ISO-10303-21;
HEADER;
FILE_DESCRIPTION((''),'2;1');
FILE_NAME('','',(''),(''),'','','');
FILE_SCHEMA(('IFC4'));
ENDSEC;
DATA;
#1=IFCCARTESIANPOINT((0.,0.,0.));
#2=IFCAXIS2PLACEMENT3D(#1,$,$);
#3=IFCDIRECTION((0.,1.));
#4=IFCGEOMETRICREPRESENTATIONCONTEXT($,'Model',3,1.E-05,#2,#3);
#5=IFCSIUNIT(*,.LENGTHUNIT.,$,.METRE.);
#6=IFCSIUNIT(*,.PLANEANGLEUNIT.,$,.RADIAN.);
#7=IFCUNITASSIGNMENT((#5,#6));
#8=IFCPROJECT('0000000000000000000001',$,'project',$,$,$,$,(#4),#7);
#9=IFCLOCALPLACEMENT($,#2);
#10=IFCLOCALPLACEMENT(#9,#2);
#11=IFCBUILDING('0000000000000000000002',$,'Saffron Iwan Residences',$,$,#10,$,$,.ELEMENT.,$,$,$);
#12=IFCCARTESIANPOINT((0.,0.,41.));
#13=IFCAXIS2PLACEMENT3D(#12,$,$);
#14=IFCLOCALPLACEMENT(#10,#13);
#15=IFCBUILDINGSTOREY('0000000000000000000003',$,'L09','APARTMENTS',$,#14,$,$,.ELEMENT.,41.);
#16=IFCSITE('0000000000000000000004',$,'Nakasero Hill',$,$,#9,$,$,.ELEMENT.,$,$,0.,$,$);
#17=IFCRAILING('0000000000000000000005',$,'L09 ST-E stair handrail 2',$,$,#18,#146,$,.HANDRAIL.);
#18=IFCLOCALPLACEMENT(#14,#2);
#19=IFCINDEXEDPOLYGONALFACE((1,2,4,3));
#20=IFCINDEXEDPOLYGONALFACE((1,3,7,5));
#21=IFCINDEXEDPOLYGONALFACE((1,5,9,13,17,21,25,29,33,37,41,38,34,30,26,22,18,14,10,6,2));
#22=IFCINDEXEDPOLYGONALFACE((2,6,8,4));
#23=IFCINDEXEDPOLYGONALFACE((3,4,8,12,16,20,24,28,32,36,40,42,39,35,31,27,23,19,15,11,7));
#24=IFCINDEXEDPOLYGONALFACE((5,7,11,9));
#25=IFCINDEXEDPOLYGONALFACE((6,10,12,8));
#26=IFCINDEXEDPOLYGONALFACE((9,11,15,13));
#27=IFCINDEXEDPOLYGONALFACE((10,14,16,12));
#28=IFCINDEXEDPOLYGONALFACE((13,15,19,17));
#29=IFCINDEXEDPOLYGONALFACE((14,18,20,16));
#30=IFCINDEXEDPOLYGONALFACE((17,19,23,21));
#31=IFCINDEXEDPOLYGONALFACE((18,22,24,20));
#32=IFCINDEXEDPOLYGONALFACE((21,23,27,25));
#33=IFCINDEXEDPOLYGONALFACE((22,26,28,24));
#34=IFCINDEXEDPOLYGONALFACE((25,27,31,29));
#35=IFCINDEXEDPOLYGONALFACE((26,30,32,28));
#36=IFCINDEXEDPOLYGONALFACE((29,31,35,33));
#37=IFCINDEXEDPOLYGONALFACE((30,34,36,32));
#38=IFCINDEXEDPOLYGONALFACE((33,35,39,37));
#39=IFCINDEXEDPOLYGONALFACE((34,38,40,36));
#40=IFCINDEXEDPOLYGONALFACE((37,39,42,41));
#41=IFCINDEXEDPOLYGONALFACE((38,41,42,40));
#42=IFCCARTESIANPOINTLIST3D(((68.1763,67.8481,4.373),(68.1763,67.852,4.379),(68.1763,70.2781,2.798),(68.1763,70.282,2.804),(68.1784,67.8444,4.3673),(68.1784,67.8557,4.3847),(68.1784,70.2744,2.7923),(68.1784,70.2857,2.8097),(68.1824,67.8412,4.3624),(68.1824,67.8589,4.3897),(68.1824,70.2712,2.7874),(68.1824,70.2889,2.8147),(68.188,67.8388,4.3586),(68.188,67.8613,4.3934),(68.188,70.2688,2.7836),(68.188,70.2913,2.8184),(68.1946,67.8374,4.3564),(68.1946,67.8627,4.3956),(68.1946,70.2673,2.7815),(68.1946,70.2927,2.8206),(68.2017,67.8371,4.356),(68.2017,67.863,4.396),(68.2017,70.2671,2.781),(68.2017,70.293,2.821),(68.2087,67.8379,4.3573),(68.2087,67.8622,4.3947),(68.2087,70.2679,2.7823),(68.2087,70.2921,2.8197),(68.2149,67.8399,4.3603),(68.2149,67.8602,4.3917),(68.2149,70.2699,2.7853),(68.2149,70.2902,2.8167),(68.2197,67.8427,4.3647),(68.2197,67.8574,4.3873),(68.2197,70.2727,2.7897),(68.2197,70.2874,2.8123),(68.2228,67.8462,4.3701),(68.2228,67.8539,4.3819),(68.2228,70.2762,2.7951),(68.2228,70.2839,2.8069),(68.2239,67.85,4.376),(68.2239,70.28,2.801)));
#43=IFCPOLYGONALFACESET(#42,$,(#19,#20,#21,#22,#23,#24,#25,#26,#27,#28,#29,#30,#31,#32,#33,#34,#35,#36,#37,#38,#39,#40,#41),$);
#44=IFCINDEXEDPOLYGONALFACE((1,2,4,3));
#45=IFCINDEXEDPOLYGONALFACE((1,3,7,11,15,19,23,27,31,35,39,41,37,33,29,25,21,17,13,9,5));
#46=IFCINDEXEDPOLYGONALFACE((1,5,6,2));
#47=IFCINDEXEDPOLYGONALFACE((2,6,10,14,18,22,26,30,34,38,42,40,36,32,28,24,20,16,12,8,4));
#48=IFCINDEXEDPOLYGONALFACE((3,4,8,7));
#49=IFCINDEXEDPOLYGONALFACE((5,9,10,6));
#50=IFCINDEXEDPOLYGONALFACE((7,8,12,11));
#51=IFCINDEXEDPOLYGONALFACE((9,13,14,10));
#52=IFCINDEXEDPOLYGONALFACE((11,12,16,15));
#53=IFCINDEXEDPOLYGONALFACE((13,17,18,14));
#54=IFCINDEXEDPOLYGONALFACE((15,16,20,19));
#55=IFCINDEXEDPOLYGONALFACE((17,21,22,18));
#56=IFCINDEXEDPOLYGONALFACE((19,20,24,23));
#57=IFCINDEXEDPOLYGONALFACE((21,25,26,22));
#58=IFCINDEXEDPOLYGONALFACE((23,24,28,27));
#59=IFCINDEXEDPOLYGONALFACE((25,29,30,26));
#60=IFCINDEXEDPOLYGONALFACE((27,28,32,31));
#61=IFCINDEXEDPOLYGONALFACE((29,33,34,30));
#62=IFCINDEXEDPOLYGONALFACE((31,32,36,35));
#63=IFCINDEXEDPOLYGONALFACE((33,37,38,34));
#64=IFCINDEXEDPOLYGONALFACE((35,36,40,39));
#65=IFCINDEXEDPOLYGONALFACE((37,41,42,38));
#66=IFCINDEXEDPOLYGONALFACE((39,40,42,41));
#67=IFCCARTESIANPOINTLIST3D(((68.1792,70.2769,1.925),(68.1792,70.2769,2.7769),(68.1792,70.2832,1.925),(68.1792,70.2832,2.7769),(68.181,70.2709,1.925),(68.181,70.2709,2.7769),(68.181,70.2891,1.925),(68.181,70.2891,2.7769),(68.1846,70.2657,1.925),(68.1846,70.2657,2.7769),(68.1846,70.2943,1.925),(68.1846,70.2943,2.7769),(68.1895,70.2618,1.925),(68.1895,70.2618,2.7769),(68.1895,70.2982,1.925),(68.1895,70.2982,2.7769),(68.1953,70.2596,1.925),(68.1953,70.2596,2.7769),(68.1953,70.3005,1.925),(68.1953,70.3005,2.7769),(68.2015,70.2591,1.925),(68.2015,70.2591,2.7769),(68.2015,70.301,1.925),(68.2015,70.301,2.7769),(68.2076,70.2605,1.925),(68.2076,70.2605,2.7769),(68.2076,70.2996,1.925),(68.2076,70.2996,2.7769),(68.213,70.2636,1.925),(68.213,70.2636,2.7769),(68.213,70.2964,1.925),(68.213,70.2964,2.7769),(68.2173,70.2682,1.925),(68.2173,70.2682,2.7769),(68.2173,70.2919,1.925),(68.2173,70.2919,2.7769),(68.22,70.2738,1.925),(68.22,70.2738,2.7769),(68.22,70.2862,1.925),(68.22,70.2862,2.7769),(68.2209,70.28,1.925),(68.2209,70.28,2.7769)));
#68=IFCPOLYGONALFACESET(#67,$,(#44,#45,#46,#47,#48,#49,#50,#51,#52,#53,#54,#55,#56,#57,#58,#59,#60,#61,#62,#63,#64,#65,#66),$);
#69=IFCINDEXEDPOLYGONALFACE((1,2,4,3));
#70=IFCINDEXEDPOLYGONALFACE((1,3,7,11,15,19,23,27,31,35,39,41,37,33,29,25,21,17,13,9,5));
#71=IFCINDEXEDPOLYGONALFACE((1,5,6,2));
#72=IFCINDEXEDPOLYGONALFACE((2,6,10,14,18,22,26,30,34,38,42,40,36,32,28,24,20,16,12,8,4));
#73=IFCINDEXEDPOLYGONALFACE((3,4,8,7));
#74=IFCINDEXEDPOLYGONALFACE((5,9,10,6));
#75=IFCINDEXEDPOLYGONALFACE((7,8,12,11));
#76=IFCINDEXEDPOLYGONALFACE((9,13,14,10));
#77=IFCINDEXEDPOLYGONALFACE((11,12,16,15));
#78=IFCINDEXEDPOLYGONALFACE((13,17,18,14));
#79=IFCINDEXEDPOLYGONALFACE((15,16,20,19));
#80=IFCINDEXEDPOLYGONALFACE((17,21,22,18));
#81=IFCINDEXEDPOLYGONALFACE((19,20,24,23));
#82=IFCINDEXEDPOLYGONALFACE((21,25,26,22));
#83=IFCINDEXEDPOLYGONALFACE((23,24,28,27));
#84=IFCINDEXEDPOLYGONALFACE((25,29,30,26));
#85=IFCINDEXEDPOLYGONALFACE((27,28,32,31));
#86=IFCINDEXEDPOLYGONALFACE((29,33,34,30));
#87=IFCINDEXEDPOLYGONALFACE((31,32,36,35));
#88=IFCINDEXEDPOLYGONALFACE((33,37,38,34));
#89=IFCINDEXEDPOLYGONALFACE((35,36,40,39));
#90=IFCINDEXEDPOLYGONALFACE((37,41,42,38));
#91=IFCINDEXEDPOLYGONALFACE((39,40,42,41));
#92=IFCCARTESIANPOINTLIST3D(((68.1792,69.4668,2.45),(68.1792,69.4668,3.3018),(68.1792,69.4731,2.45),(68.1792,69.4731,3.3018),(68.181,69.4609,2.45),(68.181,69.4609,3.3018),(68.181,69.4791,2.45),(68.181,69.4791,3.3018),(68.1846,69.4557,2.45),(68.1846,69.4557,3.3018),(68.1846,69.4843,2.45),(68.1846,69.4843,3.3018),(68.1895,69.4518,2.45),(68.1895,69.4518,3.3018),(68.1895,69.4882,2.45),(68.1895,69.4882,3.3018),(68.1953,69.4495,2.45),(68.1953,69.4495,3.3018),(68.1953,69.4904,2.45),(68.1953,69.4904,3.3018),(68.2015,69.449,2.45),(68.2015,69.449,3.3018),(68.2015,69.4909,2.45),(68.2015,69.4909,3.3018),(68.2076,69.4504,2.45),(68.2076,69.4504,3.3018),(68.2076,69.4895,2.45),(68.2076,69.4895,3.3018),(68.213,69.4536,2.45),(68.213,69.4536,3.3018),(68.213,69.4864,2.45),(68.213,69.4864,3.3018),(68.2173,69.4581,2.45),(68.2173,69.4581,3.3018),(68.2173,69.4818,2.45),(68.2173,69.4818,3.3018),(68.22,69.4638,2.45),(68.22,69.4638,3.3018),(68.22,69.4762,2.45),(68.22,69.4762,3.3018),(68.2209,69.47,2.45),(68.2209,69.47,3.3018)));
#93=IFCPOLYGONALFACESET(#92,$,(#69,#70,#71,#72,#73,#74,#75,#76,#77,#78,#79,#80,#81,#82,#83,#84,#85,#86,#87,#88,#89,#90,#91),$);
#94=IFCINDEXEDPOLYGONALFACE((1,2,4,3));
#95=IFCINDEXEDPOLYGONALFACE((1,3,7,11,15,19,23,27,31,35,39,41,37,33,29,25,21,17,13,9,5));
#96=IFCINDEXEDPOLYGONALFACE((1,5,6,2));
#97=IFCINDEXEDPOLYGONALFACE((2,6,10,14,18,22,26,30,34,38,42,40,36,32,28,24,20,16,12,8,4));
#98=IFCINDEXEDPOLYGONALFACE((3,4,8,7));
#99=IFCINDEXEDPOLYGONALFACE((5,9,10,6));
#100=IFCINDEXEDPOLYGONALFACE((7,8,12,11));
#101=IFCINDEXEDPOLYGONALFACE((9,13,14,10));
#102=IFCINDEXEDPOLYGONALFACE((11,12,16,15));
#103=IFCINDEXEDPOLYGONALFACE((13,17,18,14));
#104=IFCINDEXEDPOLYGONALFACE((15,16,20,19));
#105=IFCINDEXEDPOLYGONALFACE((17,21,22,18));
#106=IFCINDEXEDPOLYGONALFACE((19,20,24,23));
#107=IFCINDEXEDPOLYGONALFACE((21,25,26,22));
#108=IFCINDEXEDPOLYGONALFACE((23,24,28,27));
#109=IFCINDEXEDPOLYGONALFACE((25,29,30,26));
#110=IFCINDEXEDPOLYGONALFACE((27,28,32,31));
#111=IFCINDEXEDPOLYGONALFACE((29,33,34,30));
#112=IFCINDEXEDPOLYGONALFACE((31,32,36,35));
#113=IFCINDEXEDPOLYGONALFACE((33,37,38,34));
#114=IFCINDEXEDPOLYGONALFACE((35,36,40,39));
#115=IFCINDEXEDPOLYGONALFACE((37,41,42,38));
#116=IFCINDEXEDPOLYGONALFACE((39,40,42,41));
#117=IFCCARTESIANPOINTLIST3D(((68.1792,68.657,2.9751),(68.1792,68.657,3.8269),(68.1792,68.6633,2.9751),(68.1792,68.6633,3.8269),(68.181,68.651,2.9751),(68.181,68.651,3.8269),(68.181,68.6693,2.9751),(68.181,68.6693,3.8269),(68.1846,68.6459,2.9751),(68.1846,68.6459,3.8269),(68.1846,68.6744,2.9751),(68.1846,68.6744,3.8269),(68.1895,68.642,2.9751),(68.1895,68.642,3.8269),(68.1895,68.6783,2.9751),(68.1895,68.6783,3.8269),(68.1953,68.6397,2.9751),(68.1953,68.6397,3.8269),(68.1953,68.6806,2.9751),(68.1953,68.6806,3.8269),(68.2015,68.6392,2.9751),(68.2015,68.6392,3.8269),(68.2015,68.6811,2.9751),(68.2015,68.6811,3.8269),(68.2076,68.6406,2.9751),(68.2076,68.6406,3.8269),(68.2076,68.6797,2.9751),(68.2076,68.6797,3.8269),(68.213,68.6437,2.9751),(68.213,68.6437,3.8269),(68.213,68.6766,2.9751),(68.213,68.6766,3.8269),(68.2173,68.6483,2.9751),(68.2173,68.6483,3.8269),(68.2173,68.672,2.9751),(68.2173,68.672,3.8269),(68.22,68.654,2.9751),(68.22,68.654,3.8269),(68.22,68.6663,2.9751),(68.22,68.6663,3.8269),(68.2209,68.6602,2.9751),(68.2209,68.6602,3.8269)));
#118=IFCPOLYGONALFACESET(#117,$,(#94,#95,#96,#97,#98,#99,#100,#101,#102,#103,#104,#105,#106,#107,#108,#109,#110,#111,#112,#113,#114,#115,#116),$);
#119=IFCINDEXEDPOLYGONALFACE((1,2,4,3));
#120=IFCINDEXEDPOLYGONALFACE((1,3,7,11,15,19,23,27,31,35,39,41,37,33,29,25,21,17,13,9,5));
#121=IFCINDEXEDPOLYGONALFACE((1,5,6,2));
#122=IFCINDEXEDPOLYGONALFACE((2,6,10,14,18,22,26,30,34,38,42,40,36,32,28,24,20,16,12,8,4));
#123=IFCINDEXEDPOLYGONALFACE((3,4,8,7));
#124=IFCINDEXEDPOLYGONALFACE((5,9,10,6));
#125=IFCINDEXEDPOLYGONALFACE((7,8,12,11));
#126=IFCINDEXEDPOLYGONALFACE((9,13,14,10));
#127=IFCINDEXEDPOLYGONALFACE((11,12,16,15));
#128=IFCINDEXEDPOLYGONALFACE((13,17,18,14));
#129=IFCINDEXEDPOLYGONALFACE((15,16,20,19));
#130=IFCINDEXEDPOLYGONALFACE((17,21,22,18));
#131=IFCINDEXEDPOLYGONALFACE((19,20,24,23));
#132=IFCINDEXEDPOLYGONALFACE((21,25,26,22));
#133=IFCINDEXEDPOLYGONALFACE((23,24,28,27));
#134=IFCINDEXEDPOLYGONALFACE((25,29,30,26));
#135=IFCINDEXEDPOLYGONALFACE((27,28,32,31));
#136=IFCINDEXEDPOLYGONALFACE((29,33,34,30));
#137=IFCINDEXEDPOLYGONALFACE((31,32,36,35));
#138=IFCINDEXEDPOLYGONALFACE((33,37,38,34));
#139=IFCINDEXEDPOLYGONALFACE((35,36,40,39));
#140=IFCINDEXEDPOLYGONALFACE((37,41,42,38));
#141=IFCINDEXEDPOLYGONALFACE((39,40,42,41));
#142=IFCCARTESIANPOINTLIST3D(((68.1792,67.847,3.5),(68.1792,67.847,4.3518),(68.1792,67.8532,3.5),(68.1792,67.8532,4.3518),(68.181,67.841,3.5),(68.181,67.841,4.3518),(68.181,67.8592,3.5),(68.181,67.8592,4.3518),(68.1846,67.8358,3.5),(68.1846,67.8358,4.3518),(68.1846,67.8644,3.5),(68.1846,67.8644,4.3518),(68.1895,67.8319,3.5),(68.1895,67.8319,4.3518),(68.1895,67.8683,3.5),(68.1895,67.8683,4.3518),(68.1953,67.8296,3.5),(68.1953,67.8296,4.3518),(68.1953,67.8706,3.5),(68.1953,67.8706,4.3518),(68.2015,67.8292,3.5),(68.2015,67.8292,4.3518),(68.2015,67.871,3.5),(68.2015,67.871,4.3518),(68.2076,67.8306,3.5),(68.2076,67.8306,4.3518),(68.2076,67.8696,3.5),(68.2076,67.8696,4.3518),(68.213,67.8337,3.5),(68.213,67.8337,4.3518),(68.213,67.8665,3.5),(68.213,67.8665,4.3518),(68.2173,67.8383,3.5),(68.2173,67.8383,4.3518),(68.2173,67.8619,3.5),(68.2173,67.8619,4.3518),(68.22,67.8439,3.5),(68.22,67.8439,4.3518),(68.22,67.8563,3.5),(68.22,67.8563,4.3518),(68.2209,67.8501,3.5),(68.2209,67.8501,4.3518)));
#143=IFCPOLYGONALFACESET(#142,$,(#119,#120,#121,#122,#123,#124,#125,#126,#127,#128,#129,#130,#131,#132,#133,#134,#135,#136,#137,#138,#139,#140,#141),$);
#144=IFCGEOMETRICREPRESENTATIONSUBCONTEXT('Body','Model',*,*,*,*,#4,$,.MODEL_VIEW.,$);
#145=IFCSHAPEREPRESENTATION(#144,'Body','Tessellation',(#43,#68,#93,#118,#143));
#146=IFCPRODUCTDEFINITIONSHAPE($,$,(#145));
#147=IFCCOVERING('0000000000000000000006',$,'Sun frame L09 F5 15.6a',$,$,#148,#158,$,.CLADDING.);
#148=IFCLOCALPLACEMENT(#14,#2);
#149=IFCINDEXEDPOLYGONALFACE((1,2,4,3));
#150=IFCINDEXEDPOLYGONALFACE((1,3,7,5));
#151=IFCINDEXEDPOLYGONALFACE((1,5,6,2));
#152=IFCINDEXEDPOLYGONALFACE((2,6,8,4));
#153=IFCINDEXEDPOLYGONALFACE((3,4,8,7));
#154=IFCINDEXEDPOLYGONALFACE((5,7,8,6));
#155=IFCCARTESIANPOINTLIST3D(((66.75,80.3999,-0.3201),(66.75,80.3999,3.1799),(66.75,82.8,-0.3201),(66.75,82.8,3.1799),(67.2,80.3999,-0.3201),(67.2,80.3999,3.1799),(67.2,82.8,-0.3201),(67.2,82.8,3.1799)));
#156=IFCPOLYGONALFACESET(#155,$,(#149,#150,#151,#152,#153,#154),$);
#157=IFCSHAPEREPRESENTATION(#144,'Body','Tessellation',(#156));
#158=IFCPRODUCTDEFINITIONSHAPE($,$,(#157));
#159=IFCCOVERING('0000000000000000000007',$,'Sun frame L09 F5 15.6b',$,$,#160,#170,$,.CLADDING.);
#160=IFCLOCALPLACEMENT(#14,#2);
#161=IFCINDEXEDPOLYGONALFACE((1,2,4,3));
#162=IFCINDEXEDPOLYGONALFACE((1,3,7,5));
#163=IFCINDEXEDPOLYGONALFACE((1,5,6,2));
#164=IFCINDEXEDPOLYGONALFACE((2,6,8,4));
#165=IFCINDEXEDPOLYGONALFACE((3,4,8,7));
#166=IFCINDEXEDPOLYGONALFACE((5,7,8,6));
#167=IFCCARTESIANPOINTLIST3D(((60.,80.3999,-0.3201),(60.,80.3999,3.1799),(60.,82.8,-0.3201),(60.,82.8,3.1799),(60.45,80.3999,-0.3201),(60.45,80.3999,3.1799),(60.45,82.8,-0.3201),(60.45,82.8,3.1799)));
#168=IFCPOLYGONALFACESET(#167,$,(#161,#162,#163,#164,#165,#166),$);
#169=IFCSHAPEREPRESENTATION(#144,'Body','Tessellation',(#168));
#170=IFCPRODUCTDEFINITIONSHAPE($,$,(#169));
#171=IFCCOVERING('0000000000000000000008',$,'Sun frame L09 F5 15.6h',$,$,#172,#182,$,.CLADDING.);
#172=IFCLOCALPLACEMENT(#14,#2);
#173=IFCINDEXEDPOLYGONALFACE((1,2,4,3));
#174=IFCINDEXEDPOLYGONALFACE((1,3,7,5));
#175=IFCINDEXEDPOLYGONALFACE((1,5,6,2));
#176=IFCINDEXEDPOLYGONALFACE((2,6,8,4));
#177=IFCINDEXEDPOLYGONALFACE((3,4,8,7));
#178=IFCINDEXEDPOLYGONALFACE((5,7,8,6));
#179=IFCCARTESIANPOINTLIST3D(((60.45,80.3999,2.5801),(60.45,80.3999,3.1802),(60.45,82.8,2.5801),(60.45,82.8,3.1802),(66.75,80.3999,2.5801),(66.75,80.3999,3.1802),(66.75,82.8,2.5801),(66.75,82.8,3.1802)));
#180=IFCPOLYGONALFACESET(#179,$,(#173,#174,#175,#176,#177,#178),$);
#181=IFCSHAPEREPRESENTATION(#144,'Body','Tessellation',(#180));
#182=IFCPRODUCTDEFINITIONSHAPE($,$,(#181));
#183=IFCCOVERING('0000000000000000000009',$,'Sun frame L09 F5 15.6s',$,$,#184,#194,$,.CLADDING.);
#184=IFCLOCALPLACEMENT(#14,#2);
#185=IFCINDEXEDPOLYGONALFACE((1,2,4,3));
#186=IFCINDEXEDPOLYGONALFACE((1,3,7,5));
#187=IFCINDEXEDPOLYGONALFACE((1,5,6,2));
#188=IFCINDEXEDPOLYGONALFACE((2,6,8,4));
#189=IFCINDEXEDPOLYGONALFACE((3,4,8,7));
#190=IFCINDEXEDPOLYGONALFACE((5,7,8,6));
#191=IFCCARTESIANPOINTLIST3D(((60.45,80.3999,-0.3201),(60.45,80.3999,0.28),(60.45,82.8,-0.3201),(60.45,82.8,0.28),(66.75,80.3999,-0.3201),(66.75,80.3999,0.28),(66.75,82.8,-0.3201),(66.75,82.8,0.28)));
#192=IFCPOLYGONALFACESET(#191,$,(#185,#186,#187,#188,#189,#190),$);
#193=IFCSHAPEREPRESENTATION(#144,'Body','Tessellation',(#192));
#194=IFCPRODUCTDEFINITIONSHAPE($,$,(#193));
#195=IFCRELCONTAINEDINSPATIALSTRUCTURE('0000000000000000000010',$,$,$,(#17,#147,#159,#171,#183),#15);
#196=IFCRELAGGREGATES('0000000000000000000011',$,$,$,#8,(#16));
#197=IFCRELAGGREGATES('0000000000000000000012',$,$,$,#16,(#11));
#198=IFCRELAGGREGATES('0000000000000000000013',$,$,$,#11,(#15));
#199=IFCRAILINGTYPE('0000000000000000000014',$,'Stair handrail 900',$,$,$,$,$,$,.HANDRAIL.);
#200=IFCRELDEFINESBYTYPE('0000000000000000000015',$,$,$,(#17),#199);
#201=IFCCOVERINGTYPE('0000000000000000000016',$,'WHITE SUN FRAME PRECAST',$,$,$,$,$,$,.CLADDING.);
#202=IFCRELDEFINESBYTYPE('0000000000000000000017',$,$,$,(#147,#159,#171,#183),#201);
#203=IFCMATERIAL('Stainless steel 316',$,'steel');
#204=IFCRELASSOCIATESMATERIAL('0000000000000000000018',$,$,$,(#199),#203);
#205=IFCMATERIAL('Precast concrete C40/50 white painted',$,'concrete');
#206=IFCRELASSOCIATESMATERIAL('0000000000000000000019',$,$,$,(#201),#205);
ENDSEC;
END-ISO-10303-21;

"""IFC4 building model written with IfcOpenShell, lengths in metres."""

from ifc_helpers import new_model, si_unit, direction, frame, origin, origin_2d, place, context, subcontext, project, spatial, polyline, circle, outline, extrude, material, type_object, element, save


model = new_model("IFC4")

# Units and contexts
model_context = context("Model", 3, precision=1e-05, world=origin(), true_north=direction((0.0, 1.0)))
body_context = subcontext(model_context, "Body", "Model", "MODEL_VIEW")
ifc_project = project(units=[si_unit("LENGTHUNIT", "METRE"), si_unit("PLANEANGLEUNIT", "RADIAN")], contexts=[model_context])

# Site, building, storey
site_placement = place(None, origin())
site = spatial("IfcSite", under=ifc_project, at=site_placement, Name="Nakasero Hill", CompositionType="ELEMENT", RefElevation=0.0)
building_placement = place(site_placement, origin())
building = spatial("IfcBuilding", under=site, at=building_placement, Name="Saffron Iwan Residences", CompositionType="ELEMENT")
storey_placement = place(building_placement, frame((0.0, 0.0, 41.0)))
storey = spatial("IfcBuildingStorey", under=building, at=storey_placement, Name="L09", Description="APARTMENTS", CompositionType="ELEMENT", Elevation=41.0)

# Railing
ifc_material_1 = material(Name="Stainless steel 316", Category="steel")
railing_type_1 = type_object("IfcRailingType", Name="Stair handrail 900", PredefinedType="HANDRAIL", material=ifc_material_1)
railing_1_placement = place(storey_placement, frame((68.2, 70.28, 1.925)))
element("IfcRailing", 1, at=railing_1_placement, inside=storey, type_object=railing_type_1, Name="L09 ST-E stair handrail 2", PredefinedType="HANDRAIL", context=body_context, shape_type="SweptSolid", body=[
    extrude(circle(Radius=0.0239, at=origin_2d()), frame((0.0, 0.0, 0.876), z_axis=(0.0, -0.839154, 0.543894), x_axis=(1.0, 0.0, 0.0)), (0.0, 0.0, 1.0), 2.8958),
    extrude(circle(Radius=0.021, at=origin_2d()), origin(), (0.0, 0.0, 1.0), 0.8518),
    extrude(circle(Radius=0.021, at=origin_2d()), frame((0.0, -0.8101, 0.5249)), (0.0, 0.0, 1.0), 0.8518),
    extrude(circle(Radius=0.021, at=origin_2d()), frame((0.0, -1.6199, 1.05)), (0.0, 0.0, 1.0), 0.8518),
    extrude(circle(Radius=0.021, at=origin_2d()), frame((0.0, -2.4299, 1.575)), (0.0, 0.0, 1.0), 0.8518),
])

# Coverings
ifc_material_2 = material(Name="Precast concrete C40/50 white painted", Category="concrete")
covering_type_1 = type_object("IfcCoveringType", Name="WHITE SUN FRAME PRECAST", PredefinedType="CLADDING", material=ifc_material_2)
for number, where, z_axis, x_axis, name in (
    (2, (67.2, 80.3999, -0.3201), (0.0, 1.0, 0.0), (-1.0, 0.0, 0.0), "Sun frame L09 F5 15.6a"),
    (3, (60.45, 80.3999, -0.3201), (0.0, 1.0, 0.0), (-1.0, 0.0, 0.0), "Sun frame L09 F5 15.6b"),
):
    element("IfcCovering", number, at=place(storey_placement, frame(where, z_axis=z_axis, x_axis=x_axis)), inside=storey, type_object=covering_type_1, Name=name, PredefinedType="CLADDING", context=body_context, shape_type="SweptSolid", body=[
        extrude(outline(polyline([(0.0, 0.0), (0.45, 0.0), (0.45, 3.5), (0.0, 3.5), (0.0, 0.0)])), origin(), (0.0, 0.0, 1.0), 2.4001),
    ])
for number, where, z_axis, x_axis, name in (
    (4, (66.75, 80.3999, 2.5801), (0.0, 1.0, 0.0), (-1.0, 0.0, 0.0), "Sun frame L09 F5 15.6h"),
    (5, (66.75, 80.3999, -0.3201), (0.0, 1.0, 0.0), (-1.0, 0.0, 0.0), "Sun frame L09 F5 15.6s"),
):
    element("IfcCovering", number, at=place(storey_placement, frame(where, z_axis=z_axis, x_axis=x_axis)), inside=storey, type_object=covering_type_1, Name=name, PredefinedType="CLADDING", context=body_context, shape_type="SweptSolid", body=[
        extrude(outline(polyline([(0.0, 0.0), (6.3, 0.0), (6.3, 0.6001), (0.0, 0.6001), (0.0, 0.0)])), origin(), (0.0, 0.0, 1.0), 2.4001),
    ])

save(model, "model.ifc")
